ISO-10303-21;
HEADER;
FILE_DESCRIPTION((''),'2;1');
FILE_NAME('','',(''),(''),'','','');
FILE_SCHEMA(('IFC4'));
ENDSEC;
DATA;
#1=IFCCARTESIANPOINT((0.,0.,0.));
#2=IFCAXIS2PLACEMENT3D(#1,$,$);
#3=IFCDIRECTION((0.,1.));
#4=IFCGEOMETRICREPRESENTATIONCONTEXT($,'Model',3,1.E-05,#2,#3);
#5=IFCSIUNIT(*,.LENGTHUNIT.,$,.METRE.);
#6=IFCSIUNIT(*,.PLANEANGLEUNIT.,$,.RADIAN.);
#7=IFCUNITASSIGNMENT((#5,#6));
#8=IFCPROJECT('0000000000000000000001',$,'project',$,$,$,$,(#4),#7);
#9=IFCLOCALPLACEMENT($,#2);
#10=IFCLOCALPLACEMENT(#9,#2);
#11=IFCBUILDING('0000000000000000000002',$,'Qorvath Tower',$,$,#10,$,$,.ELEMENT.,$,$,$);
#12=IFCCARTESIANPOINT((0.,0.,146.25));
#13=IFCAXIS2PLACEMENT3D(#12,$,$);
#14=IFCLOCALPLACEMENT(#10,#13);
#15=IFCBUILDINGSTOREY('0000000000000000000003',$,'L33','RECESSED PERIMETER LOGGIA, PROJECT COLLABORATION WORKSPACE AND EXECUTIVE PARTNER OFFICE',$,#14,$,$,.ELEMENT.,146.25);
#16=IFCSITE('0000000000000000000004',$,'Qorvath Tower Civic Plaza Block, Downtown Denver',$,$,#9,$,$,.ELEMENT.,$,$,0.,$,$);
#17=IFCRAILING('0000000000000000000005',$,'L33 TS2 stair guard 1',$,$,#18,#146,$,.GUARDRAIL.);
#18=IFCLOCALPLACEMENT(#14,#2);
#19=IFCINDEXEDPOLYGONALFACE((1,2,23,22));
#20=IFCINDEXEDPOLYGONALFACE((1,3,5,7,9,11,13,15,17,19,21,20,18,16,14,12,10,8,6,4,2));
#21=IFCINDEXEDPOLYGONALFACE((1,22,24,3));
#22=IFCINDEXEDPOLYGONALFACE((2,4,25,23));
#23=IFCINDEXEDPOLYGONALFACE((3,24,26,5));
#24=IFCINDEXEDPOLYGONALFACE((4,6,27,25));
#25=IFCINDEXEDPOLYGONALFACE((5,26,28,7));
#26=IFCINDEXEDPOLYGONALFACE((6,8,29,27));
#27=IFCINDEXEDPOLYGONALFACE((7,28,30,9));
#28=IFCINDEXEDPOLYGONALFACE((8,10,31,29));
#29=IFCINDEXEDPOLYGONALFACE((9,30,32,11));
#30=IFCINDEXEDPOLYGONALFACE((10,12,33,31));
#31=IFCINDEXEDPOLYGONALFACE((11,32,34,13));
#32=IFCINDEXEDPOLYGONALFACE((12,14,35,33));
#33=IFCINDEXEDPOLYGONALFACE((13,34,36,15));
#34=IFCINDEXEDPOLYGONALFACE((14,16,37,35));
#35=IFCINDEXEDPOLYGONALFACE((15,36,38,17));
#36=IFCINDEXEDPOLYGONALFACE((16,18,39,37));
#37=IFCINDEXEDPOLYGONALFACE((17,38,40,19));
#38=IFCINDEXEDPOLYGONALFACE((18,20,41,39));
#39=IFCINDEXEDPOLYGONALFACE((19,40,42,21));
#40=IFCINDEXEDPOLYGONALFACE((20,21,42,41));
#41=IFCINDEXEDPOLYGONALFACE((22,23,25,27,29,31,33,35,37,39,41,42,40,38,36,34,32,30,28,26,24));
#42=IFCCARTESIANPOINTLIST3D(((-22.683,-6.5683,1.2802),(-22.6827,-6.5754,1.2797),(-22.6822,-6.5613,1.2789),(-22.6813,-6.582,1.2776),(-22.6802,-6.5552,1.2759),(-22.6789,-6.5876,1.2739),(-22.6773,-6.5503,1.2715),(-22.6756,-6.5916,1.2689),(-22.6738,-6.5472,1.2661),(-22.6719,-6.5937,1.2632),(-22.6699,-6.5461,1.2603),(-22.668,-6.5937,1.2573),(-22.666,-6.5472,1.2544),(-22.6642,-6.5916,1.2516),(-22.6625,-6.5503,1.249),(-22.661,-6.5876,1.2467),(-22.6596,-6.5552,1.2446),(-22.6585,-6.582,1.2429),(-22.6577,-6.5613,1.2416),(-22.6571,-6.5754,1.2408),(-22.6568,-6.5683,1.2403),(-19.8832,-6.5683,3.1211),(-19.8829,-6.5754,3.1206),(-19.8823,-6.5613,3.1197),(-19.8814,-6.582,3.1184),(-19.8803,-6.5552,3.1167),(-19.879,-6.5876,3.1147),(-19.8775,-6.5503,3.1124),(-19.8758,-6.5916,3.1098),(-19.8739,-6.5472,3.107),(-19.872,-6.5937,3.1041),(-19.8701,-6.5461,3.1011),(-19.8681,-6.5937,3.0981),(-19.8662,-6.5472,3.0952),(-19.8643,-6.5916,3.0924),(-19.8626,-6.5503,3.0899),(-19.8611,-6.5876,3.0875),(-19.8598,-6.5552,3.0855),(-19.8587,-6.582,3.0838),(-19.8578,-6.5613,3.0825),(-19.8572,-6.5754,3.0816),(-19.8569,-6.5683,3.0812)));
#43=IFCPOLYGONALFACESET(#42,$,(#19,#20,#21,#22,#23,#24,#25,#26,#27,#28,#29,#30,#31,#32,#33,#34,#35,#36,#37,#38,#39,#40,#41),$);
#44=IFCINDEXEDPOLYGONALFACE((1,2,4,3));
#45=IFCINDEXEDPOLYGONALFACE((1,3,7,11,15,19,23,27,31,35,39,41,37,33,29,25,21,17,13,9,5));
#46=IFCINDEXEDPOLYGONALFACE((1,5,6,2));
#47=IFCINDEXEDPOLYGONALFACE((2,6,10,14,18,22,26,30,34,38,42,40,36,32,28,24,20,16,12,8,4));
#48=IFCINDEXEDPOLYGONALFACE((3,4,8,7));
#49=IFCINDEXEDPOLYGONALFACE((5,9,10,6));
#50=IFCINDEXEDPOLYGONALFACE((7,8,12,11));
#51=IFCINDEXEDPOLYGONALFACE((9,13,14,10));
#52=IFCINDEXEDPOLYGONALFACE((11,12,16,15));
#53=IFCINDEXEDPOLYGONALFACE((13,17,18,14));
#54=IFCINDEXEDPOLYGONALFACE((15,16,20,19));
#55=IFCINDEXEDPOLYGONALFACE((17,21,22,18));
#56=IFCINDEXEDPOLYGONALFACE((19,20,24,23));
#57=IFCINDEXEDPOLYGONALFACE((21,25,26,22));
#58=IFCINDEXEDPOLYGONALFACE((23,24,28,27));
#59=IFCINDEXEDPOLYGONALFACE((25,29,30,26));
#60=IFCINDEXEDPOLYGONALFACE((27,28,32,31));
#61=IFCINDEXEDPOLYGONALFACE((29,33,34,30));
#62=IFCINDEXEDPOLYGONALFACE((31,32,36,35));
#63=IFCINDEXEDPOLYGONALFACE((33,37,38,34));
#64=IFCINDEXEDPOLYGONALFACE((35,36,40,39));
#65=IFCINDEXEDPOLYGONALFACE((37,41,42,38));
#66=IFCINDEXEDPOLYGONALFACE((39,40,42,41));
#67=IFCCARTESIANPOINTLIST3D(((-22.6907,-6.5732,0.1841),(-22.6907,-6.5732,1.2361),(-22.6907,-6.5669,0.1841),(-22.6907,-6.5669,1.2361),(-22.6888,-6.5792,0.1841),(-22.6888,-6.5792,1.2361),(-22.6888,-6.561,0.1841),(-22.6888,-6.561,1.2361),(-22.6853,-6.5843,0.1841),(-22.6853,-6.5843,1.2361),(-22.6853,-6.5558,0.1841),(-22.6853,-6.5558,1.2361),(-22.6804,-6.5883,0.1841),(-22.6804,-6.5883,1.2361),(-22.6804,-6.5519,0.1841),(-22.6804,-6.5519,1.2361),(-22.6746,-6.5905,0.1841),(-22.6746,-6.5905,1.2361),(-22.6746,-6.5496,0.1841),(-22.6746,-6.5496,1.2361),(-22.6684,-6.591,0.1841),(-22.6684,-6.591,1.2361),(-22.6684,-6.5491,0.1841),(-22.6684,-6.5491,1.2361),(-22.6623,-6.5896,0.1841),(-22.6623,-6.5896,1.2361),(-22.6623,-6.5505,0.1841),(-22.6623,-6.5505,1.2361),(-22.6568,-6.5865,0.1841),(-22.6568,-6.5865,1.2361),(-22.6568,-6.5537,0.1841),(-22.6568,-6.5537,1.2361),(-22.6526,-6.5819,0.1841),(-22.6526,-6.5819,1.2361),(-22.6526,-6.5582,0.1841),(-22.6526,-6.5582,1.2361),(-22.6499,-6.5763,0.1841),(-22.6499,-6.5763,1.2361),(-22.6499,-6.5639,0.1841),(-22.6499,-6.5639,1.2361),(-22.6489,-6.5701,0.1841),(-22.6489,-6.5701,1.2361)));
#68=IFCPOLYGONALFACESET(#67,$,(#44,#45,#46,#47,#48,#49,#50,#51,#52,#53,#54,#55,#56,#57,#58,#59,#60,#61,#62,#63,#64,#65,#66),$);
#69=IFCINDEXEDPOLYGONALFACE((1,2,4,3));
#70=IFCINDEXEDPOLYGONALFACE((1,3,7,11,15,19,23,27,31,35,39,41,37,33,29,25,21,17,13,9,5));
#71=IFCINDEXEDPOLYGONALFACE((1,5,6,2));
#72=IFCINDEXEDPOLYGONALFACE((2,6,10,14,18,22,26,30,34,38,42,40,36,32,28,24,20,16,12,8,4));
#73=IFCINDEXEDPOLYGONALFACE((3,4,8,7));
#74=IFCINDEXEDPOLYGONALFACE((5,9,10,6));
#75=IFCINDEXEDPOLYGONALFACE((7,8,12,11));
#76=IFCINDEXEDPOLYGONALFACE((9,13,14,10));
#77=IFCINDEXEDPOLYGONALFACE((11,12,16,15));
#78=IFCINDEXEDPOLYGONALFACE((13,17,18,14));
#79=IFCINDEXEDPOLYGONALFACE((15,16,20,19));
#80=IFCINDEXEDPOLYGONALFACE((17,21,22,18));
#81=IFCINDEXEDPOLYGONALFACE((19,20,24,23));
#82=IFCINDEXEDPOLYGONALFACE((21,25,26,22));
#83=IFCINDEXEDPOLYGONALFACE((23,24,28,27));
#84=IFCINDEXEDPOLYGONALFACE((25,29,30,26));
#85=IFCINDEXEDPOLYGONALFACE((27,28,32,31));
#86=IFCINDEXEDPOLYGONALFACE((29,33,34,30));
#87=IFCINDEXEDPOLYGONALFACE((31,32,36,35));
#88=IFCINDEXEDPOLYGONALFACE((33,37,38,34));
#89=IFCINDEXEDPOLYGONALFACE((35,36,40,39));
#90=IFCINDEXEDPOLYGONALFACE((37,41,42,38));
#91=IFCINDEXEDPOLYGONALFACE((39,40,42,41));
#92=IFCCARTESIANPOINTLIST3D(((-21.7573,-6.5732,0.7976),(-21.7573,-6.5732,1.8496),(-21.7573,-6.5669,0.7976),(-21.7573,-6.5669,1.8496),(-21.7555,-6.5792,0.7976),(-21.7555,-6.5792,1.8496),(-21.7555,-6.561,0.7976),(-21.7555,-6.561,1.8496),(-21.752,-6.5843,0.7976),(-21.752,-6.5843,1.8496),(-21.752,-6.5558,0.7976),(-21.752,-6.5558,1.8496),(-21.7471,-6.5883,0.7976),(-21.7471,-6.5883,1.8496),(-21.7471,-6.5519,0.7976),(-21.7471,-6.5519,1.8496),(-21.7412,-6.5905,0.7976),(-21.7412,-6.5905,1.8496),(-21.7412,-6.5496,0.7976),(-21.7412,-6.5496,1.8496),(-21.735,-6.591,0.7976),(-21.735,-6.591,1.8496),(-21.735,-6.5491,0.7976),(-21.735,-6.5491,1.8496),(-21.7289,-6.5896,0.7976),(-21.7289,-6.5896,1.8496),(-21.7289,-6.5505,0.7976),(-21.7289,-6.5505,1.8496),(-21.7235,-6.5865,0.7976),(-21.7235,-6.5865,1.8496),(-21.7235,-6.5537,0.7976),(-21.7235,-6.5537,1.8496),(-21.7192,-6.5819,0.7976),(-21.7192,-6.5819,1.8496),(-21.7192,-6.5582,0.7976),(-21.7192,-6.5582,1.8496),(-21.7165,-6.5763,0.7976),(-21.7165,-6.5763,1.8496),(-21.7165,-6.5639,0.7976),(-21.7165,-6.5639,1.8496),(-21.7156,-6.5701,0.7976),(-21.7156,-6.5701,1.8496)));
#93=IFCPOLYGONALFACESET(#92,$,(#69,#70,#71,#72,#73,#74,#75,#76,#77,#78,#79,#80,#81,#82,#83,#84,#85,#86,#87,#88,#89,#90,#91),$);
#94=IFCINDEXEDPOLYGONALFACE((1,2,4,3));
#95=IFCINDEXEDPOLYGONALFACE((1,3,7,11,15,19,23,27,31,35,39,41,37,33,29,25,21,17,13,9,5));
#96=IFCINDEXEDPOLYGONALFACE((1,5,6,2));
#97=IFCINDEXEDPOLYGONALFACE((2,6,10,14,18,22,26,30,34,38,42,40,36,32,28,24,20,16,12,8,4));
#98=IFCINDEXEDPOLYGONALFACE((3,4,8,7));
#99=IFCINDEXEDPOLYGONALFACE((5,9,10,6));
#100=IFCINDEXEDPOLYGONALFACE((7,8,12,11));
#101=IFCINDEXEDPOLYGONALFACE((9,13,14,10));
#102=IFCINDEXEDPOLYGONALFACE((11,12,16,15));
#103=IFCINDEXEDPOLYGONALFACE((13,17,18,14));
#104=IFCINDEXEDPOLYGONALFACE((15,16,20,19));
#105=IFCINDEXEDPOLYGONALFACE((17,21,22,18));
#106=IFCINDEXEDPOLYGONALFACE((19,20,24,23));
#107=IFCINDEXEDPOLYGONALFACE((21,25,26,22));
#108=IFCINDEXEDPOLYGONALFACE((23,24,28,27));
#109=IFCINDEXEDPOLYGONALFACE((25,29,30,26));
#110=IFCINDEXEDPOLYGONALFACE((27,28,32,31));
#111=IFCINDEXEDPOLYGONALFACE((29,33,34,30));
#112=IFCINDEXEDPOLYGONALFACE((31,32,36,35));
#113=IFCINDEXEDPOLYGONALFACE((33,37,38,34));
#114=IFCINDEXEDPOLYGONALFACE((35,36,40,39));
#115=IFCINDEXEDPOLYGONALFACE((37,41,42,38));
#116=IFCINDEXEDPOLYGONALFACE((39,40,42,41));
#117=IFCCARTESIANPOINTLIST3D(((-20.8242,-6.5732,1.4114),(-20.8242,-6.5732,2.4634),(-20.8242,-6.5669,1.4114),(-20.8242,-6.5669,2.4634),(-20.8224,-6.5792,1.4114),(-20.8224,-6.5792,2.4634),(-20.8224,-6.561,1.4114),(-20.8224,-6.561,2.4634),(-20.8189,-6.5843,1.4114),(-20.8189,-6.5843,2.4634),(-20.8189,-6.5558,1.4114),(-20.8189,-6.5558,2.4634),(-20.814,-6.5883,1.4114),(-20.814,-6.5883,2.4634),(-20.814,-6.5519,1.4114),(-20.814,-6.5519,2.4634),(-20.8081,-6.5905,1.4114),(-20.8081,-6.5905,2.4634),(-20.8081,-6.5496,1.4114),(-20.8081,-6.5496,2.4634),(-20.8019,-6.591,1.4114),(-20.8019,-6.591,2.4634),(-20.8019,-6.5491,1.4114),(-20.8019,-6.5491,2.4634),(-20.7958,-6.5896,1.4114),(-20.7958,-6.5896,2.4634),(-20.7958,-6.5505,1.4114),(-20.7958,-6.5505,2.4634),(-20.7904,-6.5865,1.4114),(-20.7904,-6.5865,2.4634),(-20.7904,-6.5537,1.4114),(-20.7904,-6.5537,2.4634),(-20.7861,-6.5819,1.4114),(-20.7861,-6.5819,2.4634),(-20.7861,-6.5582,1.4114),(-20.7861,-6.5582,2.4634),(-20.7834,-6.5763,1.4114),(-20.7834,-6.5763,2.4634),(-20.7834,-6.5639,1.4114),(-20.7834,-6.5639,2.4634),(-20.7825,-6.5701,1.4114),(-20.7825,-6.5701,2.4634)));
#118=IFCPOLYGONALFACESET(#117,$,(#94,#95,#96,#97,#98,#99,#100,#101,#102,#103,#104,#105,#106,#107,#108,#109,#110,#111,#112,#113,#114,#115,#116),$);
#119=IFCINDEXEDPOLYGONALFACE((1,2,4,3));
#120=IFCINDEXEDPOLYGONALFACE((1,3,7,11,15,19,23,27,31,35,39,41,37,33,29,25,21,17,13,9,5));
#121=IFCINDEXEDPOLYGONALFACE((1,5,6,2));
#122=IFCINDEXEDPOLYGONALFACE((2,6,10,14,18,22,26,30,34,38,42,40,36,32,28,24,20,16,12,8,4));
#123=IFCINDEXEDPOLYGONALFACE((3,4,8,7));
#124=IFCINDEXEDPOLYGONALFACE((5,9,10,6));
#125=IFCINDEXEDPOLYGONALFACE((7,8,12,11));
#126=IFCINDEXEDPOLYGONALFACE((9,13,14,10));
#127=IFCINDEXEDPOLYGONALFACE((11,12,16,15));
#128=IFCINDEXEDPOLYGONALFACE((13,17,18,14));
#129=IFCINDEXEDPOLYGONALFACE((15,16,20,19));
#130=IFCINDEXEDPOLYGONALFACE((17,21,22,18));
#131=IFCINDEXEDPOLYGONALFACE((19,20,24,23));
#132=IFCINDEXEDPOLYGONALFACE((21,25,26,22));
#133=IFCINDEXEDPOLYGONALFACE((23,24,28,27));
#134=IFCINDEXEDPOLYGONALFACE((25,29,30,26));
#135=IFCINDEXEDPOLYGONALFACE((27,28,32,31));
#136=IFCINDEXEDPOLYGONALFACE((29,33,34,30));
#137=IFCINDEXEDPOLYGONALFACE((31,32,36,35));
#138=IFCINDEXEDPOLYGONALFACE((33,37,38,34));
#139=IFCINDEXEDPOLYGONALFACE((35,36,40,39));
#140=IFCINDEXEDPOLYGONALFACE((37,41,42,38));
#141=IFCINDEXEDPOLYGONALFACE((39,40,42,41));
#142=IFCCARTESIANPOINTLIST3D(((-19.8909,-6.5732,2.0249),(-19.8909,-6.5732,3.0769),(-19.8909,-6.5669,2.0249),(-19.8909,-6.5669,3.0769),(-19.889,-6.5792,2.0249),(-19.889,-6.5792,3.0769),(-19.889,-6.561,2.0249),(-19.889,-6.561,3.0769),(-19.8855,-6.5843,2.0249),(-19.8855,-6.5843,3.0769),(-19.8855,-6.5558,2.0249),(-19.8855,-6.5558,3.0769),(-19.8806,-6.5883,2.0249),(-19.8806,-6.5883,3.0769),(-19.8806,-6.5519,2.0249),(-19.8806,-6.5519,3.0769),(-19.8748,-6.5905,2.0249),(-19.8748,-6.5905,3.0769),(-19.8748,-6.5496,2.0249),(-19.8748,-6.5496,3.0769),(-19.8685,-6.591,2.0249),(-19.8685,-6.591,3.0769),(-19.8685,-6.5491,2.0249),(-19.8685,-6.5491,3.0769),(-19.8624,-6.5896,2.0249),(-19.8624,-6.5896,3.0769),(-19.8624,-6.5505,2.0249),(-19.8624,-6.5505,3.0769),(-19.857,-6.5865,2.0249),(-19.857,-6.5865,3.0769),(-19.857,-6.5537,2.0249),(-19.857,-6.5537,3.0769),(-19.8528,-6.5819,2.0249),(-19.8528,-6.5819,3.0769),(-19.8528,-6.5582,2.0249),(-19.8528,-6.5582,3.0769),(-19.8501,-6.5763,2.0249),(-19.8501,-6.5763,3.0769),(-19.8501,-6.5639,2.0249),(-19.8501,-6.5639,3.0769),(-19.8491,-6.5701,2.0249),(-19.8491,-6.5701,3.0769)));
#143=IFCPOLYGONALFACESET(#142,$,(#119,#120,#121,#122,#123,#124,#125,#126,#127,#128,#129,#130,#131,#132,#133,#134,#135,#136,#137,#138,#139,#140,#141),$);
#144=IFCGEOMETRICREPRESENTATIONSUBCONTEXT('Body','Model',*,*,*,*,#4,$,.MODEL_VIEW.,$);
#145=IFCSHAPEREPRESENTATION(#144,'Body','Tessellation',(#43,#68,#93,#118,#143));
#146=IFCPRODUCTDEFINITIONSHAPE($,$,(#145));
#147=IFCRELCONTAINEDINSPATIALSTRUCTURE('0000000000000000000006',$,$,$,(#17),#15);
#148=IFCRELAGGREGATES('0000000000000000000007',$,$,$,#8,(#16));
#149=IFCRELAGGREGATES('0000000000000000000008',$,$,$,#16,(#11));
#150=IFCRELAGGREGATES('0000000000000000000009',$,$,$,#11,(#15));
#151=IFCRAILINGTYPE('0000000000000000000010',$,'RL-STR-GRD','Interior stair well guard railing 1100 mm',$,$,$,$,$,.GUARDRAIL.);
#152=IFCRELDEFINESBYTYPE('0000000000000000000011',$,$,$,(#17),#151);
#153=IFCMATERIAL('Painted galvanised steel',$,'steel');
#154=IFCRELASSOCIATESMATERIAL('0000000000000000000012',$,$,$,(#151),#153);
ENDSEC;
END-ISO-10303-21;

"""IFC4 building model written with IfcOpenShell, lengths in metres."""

from ifc_helpers import new_model, si_unit, direction, frame, origin, origin_2d, place, context, subcontext, project, spatial, circle, extrude, material, type_object, element, save


model = new_model("IFC4")

# Units and contexts
model_context = context("Model", 3, precision=1e-05, world=origin(), true_north=direction((0.0, 1.0)))
body_context = subcontext(model_context, "Body", "Model", "MODEL_VIEW")
ifc_project = project(units=[si_unit("LENGTHUNIT", "METRE"), si_unit("PLANEANGLEUNIT", "RADIAN")], contexts=[model_context])

# Site, building, storey
site_placement = place(None, origin())
site = spatial("IfcSite", under=ifc_project, at=site_placement, Name="Qorvath Tower Civic Plaza Block, Downtown Denver", CompositionType="ELEMENT", RefElevation=0.0)
building_placement = place(site_placement, origin())
building = spatial("IfcBuilding", under=site, at=building_placement, Name="Qorvath Tower", CompositionType="ELEMENT")
storey_placement = place(building_placement, frame((0.0, 0.0, 146.25)))
storey = spatial("IfcBuildingStorey", under=building, at=storey_placement, Name="L33", Description="RECESSED PERIMETER LOGGIA, PROJECT COLLABORATION WORKSPACE AND EXECUTIVE PARTNER OFFICE", CompositionType="ELEMENT", Elevation=146.25)

# Railing
ifc_material_1 = material(Name="Painted galvanised steel", Category="steel")
railing_type_1 = type_object("IfcRailingType", Name="RL-STR-GRD", Description="Interior stair well guard railing 1100 mm", PredefinedType="GUARDRAIL", material=ifc_material_1)
railing_1_placement = place(storey_placement, frame((-22.6699, -6.5701, 0.1841)))
element("IfcRailing", 1, at=railing_1_placement, inside=storey, type_object=railing_type_1, Name="L33 TS2 stair guard 1", PredefinedType="GUARDRAIL", context=body_context, shape_type="SweptSolid", body=[
    extrude(circle(Radius=0.0239, at=origin_2d()), frame((0.0, 0.0, 1.0762), z_axis=(0.835576, 0.0, 0.549376), x_axis=(0.0, 1.0, 0.0)), (0.0, 0.0, 1.0), 3.3508),
    extrude(circle(Radius=0.021, at=origin_2d()), origin(), (0.0, 0.0, 1.0), 1.052),
    extrude(circle(Radius=0.021, at=origin_2d()), frame((0.9333, 0.0, 0.6135)), (0.0, 0.0, 1.0), 1.052),
    extrude(circle(Radius=0.021, at=origin_2d()), frame((1.8665, 0.0, 1.2273)), (0.0, 0.0, 1.0), 1.052),
    extrude(circle(Radius=0.021, at=origin_2d()), frame((2.7998, 0.0, 1.8408)), (0.0, 0.0, 1.0), 1.052),
])

save(model, "model.ifc")
